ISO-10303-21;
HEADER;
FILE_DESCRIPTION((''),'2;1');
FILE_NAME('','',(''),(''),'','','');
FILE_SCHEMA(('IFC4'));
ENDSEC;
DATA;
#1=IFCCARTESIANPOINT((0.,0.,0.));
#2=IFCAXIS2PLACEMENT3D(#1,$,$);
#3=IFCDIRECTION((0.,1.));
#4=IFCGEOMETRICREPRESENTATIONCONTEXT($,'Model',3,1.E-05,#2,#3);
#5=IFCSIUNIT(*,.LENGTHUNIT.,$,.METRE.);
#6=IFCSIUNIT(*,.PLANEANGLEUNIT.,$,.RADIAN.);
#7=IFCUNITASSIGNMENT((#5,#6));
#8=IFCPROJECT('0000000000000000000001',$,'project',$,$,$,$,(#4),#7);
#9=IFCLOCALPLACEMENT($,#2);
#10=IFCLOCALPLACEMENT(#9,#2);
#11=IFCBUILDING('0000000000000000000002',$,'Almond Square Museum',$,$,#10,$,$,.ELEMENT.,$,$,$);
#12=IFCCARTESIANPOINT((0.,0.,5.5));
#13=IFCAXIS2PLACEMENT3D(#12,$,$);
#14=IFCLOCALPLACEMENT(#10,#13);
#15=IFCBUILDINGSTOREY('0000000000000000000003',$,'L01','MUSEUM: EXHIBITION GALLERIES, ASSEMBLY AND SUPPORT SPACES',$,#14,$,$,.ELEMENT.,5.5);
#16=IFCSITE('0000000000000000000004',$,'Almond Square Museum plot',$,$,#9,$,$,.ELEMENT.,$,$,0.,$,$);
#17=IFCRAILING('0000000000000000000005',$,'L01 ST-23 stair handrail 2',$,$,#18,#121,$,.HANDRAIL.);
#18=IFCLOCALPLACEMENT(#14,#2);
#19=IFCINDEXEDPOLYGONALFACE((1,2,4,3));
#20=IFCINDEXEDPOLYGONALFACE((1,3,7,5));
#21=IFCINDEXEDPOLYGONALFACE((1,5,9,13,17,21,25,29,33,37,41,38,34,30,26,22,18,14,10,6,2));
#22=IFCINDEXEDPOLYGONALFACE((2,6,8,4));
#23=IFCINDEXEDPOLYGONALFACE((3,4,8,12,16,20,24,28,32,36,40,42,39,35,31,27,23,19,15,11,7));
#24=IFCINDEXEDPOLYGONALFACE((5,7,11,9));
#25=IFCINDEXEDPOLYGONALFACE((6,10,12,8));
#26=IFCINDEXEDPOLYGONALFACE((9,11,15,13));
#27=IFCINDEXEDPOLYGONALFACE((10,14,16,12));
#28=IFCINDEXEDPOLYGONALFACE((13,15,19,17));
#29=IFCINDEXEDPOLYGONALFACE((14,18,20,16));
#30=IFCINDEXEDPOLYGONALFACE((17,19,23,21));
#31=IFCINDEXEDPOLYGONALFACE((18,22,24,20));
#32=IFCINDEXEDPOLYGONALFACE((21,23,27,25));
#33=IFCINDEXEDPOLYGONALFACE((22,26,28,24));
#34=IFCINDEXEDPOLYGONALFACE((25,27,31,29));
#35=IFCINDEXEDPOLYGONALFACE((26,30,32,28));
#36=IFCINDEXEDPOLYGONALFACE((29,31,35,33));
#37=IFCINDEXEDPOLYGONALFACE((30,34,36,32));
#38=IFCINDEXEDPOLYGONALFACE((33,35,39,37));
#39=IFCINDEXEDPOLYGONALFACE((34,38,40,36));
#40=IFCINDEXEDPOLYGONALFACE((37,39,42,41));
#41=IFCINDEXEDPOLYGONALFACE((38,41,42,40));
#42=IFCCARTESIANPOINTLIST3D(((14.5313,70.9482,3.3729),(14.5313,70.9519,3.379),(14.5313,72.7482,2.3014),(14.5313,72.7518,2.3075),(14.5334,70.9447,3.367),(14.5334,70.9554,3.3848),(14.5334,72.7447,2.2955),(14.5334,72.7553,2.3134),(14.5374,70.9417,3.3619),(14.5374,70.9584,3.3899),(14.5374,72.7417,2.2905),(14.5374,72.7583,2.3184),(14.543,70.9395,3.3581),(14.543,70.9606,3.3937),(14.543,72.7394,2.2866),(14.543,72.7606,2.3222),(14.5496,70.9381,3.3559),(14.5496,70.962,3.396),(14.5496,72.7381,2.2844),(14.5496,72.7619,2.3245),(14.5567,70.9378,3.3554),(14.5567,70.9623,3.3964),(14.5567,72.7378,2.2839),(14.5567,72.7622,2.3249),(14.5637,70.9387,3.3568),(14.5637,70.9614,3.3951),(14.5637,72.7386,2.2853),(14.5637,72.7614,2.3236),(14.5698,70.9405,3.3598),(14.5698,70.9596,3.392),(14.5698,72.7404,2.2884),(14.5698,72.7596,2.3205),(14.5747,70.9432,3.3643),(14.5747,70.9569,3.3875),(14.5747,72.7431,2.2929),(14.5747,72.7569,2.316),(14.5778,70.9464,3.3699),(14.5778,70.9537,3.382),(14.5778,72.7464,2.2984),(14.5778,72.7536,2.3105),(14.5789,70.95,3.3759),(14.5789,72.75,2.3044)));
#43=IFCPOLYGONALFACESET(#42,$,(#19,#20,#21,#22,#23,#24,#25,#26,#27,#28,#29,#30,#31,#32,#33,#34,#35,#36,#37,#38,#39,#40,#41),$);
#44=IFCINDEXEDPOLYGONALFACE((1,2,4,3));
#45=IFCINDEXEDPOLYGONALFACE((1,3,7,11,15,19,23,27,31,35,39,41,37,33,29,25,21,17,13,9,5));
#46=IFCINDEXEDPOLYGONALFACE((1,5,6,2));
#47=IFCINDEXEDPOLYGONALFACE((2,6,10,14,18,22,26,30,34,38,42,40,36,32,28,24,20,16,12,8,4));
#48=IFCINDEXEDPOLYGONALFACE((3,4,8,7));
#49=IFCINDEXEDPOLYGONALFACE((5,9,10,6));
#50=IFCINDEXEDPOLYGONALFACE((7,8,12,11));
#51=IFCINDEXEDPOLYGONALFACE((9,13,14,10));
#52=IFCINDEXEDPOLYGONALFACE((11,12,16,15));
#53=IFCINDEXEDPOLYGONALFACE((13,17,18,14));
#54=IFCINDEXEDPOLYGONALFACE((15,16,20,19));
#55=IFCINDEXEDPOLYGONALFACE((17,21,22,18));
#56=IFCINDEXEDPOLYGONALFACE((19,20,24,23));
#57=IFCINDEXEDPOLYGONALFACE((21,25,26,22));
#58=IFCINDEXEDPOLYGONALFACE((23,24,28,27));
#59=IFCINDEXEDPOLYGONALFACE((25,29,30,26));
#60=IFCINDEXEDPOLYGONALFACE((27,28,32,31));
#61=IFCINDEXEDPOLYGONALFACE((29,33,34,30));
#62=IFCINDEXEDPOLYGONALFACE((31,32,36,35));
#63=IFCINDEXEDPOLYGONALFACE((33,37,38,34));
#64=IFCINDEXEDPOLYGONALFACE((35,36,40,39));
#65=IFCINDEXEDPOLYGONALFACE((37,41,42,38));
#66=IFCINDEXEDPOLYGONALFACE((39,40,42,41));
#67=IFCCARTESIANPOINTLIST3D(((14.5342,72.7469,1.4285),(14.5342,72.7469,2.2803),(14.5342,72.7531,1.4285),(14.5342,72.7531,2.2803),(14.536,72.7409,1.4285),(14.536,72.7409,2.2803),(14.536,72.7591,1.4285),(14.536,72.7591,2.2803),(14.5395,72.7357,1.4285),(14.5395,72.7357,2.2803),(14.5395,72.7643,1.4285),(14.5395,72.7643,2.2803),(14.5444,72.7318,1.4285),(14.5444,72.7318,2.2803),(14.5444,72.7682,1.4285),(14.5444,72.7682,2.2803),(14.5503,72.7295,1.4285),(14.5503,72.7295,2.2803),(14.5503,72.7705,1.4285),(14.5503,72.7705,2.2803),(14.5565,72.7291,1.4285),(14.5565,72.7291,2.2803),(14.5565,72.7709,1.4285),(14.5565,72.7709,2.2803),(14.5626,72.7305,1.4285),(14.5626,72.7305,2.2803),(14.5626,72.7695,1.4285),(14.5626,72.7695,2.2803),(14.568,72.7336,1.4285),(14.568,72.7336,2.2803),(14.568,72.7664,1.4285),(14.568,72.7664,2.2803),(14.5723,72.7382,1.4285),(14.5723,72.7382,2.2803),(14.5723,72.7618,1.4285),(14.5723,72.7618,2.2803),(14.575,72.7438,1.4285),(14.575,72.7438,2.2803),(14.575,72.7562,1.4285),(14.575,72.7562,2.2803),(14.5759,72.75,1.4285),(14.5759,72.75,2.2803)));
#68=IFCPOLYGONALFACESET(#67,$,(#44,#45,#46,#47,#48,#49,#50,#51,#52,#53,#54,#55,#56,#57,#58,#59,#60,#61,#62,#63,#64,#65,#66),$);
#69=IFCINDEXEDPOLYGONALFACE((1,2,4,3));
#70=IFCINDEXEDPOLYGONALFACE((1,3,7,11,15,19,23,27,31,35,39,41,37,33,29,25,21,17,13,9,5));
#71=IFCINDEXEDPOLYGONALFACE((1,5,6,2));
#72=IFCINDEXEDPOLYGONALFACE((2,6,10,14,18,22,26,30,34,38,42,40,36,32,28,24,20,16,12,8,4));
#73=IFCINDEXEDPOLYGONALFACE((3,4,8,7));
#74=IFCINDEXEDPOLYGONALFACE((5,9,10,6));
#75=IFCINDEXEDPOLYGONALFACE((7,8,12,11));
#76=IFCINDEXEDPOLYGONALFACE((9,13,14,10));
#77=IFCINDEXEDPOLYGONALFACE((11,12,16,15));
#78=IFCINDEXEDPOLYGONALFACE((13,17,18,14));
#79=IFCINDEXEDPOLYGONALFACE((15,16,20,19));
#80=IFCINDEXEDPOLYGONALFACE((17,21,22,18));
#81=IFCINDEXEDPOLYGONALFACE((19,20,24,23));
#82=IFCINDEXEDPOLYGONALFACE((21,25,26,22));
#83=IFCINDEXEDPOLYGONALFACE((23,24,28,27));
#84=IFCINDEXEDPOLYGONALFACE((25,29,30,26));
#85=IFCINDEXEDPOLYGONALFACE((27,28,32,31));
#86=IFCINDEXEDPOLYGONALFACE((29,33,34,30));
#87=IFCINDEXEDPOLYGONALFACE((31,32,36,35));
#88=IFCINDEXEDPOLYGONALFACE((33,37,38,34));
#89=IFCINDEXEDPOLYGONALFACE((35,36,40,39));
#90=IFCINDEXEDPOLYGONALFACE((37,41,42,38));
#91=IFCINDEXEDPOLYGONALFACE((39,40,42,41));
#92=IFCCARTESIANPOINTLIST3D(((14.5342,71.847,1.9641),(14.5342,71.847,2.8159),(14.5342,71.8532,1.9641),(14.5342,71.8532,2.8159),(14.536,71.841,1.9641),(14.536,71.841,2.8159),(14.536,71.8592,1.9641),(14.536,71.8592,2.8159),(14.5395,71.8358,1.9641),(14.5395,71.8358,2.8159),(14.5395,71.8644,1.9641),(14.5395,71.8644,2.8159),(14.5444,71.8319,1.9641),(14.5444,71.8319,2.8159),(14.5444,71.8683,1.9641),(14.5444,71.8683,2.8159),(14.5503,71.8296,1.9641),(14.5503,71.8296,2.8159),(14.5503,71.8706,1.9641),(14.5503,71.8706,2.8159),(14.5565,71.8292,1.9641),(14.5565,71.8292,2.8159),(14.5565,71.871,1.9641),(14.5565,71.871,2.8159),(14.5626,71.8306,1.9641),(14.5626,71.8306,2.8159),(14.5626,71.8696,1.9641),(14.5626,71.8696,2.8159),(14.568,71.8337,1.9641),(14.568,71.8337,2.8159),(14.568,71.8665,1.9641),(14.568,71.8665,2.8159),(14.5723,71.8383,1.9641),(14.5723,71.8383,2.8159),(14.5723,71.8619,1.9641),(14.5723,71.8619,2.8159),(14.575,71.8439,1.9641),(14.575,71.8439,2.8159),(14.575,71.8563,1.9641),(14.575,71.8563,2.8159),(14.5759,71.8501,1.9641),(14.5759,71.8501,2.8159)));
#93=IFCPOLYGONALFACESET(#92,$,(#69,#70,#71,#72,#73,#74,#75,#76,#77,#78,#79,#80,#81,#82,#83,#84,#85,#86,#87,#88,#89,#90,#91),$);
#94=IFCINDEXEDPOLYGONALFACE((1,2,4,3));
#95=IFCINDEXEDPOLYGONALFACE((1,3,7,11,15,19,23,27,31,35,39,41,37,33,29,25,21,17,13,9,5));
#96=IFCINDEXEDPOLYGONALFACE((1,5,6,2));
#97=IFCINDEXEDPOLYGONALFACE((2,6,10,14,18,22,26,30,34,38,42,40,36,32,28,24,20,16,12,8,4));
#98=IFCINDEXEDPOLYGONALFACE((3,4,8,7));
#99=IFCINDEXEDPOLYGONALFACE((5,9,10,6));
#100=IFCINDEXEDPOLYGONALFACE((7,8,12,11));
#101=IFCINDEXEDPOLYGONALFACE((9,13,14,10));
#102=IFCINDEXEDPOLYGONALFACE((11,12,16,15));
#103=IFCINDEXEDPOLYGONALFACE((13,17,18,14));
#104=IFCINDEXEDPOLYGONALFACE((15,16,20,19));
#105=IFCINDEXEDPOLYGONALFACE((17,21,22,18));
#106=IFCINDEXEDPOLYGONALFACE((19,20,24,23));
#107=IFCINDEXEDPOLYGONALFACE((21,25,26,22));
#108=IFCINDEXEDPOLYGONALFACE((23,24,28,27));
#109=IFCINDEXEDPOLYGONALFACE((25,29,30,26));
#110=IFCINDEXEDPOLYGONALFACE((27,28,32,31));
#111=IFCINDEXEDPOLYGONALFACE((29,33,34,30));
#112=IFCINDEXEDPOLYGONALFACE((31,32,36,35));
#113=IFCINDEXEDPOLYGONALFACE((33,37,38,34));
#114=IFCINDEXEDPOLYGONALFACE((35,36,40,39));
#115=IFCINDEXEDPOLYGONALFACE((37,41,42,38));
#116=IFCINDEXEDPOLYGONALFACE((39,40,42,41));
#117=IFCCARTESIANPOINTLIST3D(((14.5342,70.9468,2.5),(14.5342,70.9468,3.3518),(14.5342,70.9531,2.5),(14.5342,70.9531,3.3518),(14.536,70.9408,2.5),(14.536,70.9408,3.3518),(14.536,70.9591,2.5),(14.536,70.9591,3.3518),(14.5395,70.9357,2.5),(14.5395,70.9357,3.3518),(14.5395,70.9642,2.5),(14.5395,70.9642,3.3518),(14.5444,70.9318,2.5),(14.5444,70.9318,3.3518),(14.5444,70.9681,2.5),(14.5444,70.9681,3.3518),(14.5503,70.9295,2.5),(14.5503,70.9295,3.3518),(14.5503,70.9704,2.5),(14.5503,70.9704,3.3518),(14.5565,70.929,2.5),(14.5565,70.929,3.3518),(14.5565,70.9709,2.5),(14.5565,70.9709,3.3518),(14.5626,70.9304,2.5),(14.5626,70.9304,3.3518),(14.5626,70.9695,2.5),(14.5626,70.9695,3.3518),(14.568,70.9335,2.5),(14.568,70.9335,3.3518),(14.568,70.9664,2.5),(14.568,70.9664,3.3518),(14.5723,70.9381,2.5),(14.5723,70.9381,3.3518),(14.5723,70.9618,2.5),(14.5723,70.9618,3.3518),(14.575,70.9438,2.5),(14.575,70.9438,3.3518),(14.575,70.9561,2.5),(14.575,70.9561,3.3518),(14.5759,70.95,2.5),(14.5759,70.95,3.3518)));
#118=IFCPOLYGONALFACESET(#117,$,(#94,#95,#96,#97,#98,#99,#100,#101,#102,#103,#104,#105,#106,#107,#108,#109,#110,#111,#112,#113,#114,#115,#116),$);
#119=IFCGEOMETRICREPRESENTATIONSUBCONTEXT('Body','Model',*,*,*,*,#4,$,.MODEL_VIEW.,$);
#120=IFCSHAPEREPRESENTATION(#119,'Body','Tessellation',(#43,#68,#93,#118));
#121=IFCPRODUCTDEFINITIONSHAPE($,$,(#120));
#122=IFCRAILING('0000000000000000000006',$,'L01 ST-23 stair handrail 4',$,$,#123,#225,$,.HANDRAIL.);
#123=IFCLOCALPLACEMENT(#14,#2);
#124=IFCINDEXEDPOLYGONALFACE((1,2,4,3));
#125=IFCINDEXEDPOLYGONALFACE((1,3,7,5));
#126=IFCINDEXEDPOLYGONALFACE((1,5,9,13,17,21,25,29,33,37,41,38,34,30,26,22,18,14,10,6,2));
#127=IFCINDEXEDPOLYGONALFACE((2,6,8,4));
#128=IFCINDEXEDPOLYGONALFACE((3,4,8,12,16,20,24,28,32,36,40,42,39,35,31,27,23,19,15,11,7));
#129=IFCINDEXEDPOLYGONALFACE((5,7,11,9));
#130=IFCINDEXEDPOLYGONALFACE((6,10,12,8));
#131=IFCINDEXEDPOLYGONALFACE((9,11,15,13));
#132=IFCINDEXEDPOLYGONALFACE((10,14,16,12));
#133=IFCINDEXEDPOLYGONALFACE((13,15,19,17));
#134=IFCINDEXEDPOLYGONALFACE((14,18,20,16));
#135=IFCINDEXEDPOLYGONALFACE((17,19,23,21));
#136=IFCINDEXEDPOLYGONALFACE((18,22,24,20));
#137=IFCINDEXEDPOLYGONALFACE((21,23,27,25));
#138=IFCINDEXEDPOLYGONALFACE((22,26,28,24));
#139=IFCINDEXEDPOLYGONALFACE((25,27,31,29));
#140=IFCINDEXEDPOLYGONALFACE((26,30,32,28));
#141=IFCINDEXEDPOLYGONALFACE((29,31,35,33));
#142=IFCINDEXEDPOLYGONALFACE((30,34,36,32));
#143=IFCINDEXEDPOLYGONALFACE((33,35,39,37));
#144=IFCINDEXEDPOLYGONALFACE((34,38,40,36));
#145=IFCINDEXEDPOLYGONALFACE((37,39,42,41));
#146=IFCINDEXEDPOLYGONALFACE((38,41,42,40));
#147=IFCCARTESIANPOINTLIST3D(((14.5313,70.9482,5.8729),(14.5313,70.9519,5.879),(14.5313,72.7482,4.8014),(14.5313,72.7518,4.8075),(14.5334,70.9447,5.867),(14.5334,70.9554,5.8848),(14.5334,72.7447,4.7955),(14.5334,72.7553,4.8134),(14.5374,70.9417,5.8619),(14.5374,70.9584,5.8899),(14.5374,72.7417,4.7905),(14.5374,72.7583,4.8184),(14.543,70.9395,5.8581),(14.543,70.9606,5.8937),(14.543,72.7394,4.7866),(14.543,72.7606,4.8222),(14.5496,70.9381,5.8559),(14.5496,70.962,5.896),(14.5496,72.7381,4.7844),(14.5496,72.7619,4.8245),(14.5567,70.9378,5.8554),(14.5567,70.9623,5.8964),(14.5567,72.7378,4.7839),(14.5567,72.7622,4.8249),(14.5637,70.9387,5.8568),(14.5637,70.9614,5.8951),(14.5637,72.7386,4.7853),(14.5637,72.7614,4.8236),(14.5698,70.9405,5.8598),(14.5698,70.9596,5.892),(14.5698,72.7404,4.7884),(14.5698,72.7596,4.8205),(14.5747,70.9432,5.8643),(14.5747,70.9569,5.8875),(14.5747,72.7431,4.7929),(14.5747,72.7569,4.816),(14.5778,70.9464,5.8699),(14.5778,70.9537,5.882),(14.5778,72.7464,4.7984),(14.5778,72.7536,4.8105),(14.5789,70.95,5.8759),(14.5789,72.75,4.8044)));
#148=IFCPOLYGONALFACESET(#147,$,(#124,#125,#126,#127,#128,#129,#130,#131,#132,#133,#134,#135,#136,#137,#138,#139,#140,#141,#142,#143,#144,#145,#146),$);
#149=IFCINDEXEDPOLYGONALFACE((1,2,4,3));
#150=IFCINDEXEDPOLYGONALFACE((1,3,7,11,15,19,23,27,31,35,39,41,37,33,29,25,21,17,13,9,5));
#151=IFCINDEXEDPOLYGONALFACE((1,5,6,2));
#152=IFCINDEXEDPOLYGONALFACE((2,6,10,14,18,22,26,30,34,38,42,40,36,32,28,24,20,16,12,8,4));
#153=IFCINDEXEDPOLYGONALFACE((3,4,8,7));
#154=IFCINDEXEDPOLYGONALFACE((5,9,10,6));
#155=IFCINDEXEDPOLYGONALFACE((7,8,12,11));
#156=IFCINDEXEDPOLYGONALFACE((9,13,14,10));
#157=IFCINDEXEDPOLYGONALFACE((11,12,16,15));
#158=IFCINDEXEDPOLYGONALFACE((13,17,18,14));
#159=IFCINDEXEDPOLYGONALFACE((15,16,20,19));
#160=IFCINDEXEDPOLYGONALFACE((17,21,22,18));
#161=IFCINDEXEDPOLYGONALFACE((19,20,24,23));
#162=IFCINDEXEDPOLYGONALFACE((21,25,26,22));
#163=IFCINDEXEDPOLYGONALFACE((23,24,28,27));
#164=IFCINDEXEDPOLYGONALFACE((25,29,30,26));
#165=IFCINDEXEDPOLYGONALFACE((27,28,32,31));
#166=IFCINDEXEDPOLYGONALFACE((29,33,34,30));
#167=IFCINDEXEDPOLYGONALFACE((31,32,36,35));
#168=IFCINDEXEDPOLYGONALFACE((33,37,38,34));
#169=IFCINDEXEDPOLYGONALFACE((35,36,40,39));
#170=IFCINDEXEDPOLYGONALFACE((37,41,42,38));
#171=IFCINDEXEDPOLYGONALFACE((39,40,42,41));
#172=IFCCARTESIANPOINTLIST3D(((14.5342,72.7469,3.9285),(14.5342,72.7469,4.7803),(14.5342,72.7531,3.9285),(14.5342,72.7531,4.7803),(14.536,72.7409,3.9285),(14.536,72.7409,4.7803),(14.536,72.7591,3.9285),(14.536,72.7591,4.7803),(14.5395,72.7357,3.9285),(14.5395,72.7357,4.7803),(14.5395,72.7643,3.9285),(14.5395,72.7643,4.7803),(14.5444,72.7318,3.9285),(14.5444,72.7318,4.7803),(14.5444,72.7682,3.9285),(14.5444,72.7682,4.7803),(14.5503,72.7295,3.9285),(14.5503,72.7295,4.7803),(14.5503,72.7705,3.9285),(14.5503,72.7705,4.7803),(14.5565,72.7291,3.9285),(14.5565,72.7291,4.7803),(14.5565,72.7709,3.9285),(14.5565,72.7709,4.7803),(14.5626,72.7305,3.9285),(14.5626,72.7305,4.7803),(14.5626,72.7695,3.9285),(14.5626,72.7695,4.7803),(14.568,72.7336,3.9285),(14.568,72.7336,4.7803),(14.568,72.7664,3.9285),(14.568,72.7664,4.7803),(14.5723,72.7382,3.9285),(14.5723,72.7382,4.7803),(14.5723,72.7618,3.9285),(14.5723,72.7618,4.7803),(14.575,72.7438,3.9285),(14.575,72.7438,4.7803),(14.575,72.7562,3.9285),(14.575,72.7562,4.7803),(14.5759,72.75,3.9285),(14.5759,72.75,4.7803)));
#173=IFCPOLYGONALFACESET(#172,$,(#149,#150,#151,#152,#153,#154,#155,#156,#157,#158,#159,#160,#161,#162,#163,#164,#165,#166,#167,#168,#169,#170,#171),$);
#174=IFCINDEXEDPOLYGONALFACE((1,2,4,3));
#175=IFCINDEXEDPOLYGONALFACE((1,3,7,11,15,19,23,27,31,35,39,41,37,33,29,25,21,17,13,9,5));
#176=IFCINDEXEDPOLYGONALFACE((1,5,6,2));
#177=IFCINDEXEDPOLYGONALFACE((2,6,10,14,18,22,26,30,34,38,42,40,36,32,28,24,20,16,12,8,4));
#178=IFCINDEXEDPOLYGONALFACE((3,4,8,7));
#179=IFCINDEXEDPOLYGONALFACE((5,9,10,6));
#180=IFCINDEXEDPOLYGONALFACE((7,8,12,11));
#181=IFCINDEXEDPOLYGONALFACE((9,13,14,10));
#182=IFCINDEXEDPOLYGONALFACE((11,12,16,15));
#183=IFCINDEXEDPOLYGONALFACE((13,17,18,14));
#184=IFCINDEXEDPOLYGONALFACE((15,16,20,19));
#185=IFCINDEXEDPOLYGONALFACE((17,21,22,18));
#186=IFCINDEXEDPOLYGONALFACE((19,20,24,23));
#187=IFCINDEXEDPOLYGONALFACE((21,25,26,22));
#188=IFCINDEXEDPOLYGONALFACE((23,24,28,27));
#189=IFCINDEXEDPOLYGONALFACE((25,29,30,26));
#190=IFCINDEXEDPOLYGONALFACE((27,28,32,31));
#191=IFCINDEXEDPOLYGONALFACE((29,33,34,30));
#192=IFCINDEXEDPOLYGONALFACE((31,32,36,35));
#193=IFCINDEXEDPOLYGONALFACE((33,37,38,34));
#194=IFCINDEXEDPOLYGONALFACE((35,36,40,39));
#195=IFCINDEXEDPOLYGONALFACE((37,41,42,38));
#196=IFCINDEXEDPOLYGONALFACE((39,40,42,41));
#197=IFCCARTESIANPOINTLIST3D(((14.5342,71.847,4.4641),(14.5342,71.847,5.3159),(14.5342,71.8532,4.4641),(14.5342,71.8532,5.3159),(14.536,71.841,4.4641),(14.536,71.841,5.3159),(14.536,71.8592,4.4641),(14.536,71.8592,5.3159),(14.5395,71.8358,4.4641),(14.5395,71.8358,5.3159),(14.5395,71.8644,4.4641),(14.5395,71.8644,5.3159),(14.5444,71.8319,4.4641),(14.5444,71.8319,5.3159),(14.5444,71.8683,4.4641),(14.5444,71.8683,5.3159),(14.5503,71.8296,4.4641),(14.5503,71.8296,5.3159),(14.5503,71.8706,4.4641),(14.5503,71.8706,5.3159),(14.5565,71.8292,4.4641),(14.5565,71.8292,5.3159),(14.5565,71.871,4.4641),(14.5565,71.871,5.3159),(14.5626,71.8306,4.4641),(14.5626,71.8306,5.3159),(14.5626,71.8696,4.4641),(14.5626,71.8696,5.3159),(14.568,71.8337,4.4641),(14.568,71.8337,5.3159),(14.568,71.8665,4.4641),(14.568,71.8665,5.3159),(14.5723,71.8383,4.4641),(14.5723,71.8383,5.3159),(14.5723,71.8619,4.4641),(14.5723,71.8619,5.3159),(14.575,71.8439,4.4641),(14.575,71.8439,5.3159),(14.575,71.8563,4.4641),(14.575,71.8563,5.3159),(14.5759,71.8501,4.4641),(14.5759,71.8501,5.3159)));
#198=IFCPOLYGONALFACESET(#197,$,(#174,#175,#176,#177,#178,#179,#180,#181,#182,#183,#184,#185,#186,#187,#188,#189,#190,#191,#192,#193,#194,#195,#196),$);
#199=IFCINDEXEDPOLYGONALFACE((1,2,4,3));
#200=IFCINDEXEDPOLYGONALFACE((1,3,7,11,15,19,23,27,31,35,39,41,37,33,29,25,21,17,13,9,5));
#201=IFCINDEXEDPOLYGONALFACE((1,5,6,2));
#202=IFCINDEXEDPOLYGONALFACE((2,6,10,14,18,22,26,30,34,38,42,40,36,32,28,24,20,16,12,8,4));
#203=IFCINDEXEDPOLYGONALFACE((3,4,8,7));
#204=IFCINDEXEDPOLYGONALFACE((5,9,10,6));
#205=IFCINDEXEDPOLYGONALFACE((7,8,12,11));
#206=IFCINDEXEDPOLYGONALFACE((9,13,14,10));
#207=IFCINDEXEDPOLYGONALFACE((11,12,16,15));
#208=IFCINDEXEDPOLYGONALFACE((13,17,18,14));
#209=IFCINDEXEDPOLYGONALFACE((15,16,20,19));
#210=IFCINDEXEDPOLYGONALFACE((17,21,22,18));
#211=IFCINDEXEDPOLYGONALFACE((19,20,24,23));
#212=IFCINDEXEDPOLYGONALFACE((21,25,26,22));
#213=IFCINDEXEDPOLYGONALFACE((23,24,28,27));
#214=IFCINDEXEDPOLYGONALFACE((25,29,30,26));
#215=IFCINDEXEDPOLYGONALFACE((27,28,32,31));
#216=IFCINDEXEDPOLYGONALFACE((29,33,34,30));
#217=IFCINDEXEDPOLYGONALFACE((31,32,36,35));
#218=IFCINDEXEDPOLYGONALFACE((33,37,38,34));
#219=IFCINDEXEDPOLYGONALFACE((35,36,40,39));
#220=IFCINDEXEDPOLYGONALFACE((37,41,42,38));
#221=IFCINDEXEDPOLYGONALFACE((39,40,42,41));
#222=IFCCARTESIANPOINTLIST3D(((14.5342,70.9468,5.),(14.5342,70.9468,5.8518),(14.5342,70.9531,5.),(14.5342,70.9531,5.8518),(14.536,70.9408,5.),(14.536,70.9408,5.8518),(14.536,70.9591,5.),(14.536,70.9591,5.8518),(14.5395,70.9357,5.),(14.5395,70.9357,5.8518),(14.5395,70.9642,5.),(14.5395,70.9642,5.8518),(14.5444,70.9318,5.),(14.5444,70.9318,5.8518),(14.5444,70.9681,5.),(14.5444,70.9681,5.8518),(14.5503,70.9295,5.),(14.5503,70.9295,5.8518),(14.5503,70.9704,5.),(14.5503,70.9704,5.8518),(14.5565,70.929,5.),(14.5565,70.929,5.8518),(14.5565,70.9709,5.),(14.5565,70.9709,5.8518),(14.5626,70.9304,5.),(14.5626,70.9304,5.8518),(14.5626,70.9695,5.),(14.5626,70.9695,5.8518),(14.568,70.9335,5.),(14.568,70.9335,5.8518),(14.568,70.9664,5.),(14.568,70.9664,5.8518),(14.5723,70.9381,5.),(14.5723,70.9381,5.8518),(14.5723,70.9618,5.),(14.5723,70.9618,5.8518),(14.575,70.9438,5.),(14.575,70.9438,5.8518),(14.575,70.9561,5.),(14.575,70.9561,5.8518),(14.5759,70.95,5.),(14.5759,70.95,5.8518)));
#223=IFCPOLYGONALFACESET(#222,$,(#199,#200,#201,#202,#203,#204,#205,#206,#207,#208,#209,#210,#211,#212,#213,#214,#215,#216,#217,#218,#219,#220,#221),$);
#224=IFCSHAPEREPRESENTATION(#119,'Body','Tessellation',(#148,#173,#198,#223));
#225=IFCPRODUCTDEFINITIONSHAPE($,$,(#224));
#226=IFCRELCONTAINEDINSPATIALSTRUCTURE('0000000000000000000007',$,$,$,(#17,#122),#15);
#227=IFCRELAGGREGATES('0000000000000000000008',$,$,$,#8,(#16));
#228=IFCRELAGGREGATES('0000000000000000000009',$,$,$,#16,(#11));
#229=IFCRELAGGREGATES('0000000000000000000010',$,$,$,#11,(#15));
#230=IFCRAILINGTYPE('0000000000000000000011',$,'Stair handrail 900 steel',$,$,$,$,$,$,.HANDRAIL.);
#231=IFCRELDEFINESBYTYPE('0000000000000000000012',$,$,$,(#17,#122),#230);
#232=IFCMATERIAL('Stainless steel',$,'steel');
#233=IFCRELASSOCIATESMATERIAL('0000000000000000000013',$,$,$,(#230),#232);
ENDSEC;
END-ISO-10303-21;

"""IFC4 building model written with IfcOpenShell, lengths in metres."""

from ifc_helpers import new_model, si_unit, direction, frame, origin, origin_2d, place, context, subcontext, project, spatial, circle, extrude, material, type_object, element, save


model = new_model("IFC4")

# Units and contexts
model_context = context("Model", 3, precision=1e-05, world=origin(), true_north=direction((0.0, 1.0)))
body_context = subcontext(model_context, "Body", "Model", "MODEL_VIEW")
ifc_project = project(units=[si_unit("LENGTHUNIT", "METRE"), si_unit("PLANEANGLEUNIT", "RADIAN")], contexts=[model_context])

# Site, building, storey
site_placement = place(None, origin())
site = spatial("IfcSite", under=ifc_project, at=site_placement, Name="Almond Square Museum plot", CompositionType="ELEMENT", RefElevation=0.0)
building_placement = place(site_placement, origin())
building = spatial("IfcBuilding", under=site, at=building_placement, Name="Almond Square Museum", CompositionType="ELEMENT")
storey_placement = place(building_placement, frame((0.0, 0.0, 5.5)))
storey = spatial("IfcBuildingStorey", under=building, at=storey_placement, Name="L01", Description="MUSEUM: EXHIBITION GALLERIES, ASSEMBLY AND SUPPORT SPACES", CompositionType="ELEMENT", Elevation=5.5)

# Railings
ifc_material_1 = material(Name="Stainless steel", Category="steel")
railing_type_1 = type_object("IfcRailingType", Name="Stair handrail 900 steel", PredefinedType="HANDRAIL", material=ifc_material_1)
for number, where, name in (
    (1, (14.5549, 72.75, 1.4285), "L01 ST-23 stair handrail 2"),
    (2, (14.5549, 72.75, 3.9285), "L01 ST-23 stair handrail 4"),
):
    element("IfcRailing", number, at=place(storey_placement, frame(where)), inside=storey, type_object=railing_type_1, Name=name, PredefinedType="HANDRAIL", context=body_context, shape_type="SweptSolid", body=[
        extrude(circle(Radius=0.0239, at=origin_2d()), frame((0.0, 0.0, 0.876), z_axis=(0.0, -0.859277, 0.51151), x_axis=(1.0, 0.0, 0.0)), (0.0, 0.0, 1.0), 2.0947),
        extrude(circle(Radius=0.021, at=origin_2d()), origin(), (0.0, 0.0, 1.0), 0.8518),
        extrude(circle(Radius=0.021, at=origin_2d()), frame((0.0, -0.8999, 0.5356)), (0.0, 0.0, 1.0), 0.8518),
        extrude(circle(Radius=0.021, at=origin_2d()), frame((0.0, -1.8, 1.0715)), (0.0, 0.0, 1.0), 0.8518),
    ])

save(model, "model.ifc")
